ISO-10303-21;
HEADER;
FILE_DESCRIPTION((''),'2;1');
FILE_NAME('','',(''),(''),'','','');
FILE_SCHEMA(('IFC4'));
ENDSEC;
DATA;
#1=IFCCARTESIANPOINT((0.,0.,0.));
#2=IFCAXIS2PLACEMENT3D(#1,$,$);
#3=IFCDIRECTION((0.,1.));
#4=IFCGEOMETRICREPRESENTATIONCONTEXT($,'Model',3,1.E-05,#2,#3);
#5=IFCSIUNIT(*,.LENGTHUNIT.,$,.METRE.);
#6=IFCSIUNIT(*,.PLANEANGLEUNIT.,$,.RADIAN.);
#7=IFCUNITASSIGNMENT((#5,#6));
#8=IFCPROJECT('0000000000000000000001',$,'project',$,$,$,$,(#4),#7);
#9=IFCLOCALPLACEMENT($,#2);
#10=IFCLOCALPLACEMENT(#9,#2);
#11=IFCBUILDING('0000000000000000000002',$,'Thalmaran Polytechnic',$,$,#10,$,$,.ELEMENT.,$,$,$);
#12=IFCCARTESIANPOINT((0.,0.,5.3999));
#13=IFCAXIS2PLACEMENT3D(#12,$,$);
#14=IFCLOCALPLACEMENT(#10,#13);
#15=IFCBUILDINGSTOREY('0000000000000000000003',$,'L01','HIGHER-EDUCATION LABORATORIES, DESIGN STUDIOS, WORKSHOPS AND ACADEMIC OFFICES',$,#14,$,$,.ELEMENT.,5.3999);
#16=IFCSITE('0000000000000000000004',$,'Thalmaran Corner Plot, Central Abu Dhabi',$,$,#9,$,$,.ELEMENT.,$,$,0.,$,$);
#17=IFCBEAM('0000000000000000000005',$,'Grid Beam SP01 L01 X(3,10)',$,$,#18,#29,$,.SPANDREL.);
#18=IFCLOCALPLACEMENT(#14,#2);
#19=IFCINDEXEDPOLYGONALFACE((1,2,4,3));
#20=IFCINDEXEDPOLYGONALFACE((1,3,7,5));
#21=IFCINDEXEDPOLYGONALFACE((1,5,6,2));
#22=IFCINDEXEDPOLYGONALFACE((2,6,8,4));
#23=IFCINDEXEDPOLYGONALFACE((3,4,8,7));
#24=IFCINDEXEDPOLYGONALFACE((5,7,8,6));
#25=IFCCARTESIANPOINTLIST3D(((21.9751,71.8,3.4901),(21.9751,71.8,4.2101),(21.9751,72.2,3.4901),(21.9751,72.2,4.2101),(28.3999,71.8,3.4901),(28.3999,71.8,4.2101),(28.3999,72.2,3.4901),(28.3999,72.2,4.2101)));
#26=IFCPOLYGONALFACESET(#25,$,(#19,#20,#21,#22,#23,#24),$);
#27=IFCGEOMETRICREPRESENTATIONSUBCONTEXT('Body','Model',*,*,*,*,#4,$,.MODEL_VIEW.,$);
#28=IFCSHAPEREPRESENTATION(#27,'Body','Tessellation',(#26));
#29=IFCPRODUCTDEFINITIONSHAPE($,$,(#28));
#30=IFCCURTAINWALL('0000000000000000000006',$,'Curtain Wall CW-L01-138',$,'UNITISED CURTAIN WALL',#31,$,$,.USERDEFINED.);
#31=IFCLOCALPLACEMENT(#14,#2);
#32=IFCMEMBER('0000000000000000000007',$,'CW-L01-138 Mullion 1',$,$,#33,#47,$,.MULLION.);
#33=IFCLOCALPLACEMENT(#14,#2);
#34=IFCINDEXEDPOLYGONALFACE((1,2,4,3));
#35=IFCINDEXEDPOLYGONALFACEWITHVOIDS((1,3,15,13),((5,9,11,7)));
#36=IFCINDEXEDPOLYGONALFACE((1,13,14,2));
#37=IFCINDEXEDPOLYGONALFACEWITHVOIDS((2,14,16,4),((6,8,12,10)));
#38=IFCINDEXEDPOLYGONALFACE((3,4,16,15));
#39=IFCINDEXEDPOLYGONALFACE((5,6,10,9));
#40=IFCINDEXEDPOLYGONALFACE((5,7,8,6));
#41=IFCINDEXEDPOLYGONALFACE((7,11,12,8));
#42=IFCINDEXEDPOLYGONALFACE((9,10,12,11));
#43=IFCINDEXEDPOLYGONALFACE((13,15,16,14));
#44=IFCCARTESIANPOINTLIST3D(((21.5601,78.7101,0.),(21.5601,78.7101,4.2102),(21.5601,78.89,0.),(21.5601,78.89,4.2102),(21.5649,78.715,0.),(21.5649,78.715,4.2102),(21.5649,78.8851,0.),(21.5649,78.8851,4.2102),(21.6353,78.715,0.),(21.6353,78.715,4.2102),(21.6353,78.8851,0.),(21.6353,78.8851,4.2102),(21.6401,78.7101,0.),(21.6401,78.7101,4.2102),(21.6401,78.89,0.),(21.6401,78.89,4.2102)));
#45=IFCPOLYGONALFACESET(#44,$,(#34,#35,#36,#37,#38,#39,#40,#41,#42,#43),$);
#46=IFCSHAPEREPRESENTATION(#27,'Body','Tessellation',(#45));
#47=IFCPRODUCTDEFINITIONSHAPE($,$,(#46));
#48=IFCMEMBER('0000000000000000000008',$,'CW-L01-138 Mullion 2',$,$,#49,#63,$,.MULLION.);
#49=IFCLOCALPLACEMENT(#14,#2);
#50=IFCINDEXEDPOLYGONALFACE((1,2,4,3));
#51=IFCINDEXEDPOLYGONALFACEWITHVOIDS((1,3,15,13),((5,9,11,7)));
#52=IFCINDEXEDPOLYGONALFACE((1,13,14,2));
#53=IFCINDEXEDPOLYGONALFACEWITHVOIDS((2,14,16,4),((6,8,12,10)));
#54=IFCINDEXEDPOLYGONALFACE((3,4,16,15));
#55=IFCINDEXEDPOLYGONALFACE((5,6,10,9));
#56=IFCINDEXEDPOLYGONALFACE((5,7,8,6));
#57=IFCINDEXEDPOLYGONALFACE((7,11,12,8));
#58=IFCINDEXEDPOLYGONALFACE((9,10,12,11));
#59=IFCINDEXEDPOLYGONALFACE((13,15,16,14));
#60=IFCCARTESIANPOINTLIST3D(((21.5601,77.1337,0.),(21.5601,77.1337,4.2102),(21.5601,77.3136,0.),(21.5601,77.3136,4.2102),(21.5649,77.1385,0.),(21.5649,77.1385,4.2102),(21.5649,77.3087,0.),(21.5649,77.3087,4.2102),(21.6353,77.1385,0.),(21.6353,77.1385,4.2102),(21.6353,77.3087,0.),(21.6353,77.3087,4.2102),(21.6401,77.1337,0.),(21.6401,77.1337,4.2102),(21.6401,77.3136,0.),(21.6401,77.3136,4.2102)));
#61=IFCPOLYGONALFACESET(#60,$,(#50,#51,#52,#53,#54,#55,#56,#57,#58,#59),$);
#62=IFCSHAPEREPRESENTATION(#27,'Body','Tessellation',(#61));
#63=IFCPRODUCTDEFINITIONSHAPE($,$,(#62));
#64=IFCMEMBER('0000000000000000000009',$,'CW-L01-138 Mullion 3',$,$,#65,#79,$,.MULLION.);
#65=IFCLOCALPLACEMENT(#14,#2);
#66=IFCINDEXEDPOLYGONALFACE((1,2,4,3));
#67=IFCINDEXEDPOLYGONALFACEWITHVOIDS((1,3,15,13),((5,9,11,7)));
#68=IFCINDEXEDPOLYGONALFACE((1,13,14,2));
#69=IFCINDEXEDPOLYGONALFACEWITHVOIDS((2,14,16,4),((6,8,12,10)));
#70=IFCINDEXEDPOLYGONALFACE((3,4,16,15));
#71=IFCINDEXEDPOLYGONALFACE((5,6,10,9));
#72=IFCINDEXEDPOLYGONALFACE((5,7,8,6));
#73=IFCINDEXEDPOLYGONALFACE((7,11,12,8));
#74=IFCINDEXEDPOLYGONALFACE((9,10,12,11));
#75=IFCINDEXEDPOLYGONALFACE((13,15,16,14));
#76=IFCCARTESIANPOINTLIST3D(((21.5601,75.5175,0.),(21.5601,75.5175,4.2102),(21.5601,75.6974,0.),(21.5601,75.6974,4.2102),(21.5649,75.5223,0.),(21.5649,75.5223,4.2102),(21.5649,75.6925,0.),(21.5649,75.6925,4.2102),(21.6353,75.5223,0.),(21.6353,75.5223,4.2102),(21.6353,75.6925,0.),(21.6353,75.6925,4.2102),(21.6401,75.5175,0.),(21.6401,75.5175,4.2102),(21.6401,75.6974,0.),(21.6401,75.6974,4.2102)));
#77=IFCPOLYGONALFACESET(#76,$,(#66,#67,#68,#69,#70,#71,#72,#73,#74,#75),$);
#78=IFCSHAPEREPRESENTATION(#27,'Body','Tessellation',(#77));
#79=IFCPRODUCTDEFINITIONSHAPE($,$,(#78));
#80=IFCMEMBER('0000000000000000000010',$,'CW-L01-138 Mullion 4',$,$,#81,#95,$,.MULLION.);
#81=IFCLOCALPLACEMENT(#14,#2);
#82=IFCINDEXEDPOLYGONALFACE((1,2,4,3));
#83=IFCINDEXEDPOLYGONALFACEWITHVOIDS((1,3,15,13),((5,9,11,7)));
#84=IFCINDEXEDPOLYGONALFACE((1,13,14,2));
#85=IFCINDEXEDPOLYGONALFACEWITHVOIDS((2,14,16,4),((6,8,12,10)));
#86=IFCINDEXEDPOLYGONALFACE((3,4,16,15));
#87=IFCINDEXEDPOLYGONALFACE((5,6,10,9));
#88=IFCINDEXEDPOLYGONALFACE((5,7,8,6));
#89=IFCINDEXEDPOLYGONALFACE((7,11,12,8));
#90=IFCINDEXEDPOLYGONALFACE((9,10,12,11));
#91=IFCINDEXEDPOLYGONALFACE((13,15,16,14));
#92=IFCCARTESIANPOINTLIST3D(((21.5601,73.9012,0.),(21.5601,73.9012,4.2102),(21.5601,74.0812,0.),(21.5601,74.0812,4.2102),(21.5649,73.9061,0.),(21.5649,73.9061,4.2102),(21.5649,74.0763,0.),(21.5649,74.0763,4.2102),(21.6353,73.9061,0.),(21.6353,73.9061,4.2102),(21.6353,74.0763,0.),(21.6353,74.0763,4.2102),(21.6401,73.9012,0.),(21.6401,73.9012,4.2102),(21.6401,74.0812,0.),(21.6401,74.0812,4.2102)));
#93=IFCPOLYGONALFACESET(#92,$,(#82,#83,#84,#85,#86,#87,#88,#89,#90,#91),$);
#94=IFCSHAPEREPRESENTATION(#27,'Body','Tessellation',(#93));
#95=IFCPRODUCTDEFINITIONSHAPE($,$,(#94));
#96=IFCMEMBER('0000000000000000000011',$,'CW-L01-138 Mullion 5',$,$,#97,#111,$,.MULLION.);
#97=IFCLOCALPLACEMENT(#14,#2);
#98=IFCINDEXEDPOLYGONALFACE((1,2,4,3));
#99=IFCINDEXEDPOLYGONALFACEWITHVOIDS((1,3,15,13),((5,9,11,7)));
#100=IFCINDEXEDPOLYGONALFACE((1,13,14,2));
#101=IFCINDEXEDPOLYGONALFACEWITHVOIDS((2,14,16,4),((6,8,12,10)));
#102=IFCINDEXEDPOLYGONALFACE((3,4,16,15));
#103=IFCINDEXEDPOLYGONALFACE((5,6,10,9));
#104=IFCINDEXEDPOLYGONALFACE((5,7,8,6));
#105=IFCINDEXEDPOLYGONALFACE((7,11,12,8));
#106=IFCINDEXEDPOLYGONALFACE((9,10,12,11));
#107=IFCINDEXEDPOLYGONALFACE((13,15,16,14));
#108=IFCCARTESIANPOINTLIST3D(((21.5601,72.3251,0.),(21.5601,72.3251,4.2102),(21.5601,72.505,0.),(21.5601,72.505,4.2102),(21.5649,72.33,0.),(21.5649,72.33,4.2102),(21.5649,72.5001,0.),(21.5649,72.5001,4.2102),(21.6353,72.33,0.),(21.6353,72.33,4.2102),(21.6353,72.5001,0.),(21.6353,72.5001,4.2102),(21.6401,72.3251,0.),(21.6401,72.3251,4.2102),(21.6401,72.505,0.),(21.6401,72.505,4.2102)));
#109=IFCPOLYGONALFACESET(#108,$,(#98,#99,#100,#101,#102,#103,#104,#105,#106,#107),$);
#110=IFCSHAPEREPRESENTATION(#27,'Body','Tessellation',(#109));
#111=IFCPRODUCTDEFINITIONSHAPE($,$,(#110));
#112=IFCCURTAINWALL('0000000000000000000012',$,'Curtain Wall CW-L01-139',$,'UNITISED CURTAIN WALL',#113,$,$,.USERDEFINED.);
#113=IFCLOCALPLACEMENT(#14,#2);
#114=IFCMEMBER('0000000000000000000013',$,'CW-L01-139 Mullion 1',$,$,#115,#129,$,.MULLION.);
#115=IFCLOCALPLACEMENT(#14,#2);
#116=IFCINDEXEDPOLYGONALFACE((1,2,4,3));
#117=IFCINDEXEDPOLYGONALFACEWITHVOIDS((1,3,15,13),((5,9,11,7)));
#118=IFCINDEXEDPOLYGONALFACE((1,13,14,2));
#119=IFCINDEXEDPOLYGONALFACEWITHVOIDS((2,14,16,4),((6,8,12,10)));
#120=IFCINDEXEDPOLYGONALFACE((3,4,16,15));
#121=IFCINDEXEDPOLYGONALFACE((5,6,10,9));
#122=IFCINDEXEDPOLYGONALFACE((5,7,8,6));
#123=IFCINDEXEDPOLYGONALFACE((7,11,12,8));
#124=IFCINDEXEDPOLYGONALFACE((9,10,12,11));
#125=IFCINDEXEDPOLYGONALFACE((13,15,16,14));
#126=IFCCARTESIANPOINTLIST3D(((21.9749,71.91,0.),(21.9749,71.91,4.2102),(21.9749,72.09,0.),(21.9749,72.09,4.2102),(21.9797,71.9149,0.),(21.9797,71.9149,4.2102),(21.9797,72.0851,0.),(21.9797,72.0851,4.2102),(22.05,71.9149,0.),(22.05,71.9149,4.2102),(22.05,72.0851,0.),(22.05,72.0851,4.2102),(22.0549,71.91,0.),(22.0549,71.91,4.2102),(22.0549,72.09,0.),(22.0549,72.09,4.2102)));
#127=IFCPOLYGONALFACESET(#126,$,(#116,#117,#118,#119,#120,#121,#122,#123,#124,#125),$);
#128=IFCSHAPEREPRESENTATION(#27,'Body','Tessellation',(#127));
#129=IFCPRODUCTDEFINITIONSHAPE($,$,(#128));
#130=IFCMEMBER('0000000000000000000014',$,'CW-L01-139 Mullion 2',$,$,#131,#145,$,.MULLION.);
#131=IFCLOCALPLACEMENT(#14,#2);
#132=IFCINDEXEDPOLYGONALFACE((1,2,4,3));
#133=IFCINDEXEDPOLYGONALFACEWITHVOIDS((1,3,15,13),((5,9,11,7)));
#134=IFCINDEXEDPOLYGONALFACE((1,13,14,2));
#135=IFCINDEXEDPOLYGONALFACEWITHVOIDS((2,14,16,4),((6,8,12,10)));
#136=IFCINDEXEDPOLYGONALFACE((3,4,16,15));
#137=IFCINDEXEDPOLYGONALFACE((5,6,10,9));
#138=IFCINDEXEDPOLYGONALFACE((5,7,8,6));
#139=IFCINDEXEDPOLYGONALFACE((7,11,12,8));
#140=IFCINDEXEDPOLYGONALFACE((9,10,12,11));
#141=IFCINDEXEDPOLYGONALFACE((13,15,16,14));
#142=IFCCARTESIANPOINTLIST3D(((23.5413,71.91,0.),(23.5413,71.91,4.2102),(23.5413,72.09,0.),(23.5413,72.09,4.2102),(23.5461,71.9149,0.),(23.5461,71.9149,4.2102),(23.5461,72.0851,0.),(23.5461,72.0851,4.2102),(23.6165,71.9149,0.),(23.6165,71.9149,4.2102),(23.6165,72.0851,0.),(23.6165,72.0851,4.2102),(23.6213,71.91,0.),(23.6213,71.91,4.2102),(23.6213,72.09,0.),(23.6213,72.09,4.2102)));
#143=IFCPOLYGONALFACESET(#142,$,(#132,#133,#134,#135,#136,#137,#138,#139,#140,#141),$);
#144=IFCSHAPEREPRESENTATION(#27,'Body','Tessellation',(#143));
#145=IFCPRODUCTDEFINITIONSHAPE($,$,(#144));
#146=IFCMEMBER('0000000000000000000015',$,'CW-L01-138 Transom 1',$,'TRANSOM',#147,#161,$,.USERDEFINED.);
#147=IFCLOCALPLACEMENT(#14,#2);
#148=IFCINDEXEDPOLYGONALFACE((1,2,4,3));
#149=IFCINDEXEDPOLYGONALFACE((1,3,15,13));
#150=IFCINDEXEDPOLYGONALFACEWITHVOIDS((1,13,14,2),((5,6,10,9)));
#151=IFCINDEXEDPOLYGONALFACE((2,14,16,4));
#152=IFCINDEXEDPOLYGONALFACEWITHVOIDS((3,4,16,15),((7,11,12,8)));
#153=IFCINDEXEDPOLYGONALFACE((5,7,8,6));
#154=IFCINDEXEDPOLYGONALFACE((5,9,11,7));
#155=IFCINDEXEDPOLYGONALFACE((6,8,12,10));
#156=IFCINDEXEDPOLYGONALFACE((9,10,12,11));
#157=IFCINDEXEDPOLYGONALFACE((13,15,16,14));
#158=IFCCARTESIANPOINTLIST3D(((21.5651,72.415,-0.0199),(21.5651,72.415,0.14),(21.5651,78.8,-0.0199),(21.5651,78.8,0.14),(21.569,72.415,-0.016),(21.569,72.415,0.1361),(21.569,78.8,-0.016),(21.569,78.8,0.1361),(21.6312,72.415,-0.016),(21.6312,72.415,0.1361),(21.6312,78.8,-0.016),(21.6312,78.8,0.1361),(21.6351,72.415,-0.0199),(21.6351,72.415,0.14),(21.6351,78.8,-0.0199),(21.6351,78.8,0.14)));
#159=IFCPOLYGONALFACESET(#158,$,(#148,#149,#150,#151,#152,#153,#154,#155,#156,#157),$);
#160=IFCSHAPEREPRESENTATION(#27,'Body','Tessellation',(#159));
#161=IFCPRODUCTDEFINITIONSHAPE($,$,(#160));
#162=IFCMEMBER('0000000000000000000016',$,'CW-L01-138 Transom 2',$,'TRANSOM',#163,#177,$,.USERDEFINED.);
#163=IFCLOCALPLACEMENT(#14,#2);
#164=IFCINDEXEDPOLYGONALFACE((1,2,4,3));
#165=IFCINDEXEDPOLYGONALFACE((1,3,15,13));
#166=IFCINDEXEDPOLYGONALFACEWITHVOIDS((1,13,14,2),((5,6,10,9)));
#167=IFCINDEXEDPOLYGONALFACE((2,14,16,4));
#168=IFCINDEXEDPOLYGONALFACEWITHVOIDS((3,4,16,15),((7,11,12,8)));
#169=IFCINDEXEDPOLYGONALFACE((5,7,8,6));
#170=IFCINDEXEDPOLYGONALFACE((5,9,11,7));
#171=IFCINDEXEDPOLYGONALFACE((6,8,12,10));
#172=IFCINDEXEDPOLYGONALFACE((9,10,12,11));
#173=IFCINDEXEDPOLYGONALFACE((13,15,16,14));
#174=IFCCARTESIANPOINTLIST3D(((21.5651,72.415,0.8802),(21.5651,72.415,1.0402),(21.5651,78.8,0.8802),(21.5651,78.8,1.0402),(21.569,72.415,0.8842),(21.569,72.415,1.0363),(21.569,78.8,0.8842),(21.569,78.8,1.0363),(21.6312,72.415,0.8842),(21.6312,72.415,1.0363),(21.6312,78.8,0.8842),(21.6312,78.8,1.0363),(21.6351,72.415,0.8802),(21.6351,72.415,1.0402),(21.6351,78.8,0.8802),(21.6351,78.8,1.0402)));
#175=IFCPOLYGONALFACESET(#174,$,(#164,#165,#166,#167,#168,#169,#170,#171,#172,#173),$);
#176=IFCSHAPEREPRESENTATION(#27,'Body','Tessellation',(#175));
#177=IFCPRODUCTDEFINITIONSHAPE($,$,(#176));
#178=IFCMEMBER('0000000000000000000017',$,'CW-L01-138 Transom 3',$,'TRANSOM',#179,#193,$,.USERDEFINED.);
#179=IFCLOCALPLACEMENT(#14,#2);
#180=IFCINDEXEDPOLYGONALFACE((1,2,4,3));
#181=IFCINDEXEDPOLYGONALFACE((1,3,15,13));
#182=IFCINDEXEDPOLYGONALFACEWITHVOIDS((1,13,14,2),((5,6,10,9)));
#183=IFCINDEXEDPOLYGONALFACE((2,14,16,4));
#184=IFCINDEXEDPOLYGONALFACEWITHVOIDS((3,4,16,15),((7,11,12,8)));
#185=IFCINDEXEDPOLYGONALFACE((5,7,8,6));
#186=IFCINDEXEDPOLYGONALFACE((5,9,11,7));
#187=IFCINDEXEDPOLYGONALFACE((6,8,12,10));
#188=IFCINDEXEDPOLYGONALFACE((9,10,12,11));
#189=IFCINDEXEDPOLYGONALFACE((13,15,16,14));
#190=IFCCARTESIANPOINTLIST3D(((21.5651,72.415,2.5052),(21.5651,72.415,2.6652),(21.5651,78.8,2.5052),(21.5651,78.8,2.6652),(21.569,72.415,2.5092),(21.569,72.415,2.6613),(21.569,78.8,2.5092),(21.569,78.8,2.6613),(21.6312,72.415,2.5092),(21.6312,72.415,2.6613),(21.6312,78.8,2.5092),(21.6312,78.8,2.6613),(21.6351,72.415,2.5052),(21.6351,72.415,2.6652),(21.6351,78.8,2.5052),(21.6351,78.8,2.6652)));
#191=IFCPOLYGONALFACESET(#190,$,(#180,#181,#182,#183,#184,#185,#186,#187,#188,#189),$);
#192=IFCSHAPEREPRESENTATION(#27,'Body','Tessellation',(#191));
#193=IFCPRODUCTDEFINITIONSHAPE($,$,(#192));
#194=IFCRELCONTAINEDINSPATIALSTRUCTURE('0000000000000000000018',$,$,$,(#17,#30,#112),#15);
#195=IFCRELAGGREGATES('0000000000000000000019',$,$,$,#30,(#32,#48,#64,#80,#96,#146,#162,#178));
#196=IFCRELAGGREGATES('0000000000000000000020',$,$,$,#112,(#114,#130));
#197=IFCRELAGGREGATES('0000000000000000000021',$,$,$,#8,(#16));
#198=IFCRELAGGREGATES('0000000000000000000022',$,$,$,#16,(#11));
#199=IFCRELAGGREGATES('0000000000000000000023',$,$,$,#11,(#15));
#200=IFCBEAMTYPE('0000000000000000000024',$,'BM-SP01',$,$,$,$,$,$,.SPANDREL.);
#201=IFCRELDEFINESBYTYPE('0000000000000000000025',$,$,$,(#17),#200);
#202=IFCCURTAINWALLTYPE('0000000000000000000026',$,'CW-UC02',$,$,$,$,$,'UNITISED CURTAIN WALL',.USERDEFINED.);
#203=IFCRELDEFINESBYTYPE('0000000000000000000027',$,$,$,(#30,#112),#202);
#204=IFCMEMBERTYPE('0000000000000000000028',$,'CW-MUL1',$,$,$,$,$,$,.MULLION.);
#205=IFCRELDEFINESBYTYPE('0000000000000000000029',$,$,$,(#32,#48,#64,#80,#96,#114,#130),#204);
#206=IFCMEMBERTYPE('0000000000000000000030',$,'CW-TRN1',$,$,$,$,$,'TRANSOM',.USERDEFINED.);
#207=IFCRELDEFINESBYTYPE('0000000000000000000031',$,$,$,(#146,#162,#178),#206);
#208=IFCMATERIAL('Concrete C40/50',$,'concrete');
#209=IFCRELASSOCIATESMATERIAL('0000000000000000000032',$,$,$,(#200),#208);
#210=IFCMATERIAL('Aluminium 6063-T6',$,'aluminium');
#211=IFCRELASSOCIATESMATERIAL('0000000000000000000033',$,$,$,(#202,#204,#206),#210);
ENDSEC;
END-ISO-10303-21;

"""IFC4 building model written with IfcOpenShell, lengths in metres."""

from ifc_helpers import new_model, si_unit, direction, frame, origin, origin_2d, place, context, subcontext, project, spatial, rectangle, hollow_rectangle, extrude, material, material_profile, profile_set, type_object, element, aggregate, save


model = new_model("IFC4")

# Units and contexts
model_context = context("Model", 3, precision=1e-05, world=origin(), true_north=direction((0.0, 1.0)))
body_context = subcontext(model_context, "Body", "Model", "MODEL_VIEW")
ifc_project = project(units=[si_unit("LENGTHUNIT", "METRE"), si_unit("PLANEANGLEUNIT", "RADIAN")], contexts=[model_context])

# Site, building, storey
site_placement = place(None, origin())
site = spatial("IfcSite", under=ifc_project, at=site_placement, Name="Thalmaran Corner Plot, Central Abu Dhabi", CompositionType="ELEMENT", RefElevation=0.0)
building_placement = place(site_placement, origin())
building = spatial("IfcBuilding", under=site, at=building_placement, Name="Thalmaran Polytechnic", CompositionType="ELEMENT")
storey_placement = place(building_placement, frame((0.0, 0.0, 5.3999)))
storey = spatial("IfcBuildingStorey", under=building, at=storey_placement, Name="L01", Description="HIGHER-EDUCATION LABORATORIES, DESIGN STUDIOS, WORKSHOPS AND ACADEMIC OFFICES", CompositionType="ELEMENT", Elevation=5.3999)

# Beam
ifc_material_1 = material(Name="Concrete C40/50", Category="concrete")
ifc_material_profile_1 = material_profile(ifc_material_1, rectangle(XDim=0.3999, YDim=0.72, at=origin_2d()), Name="RC 400x720")
ifc_profile_set_1 = profile_set([ifc_material_profile_1], Name="Concrete C40/50")
beam_type = type_object("IfcBeamType", Name="BM-SP01", PredefinedType="SPANDREL", material=ifc_profile_set_1)
beam_placement = place(storey_placement, frame((21.9751, 72.0, 3.8501), z_axis=(1.0, 0.0, 0.0), x_axis=(0.0, 1.0, 0.0)))
element("IfcBeam", 1, at=beam_placement, inside=storey, type_object=beam_type, Name="Grid Beam SP01 L01 X(3,10)", PredefinedType="SPANDREL", context=body_context, shape_type="SweptSolid", body=[
    extrude(rectangle(XDim=0.3999, YDim=0.72, at=origin_2d()), origin(), (0.0, 0.0, 1.0), 6.4248),
])

# Curtain walls, members
ifc_material_2 = material(Name="Aluminium 6063-T6", Category="aluminium")
curtain_wall_type = type_object("IfcCurtainWallType", Name="CW-UC02", ElementType="UNITISED CURTAIN WALL", PredefinedType="USERDEFINED", material=ifc_material_2)
curtain_wall_1_placement = place(storey_placement, origin())
curtain_wall_1 = element("IfcCurtainWall", 2, at=curtain_wall_1_placement, inside=storey, type_object=curtain_wall_type, Name="Curtain Wall CW-L01-138", ObjectType="UNITISED CURTAIN WALL", PredefinedType="USERDEFINED")
ifc_material_profile_2 = material_profile(ifc_material_2, hollow_rectangle(XDim=0.0801, YDim=0.1799, WallThickness=0.0049, at=origin_2d()), Name="RHS 180x80x5.0")
ifc_profile_set_2 = profile_set([ifc_material_profile_2], Name="Aluminium 6063-T6")
member_type_1 = type_object("IfcMemberType", Name="CW-MUL1", PredefinedType="MULLION", material=ifc_profile_set_2)
member_1_placement = place(storey_placement, frame((21.6001, 78.8, 0.0), z_axis=(0.0, 0.0, 1.0), x_axis=(1.0, 0.0, 0.0)))
member_1 = element("IfcMember", 3, at=member_1_placement, type_object=member_type_1, Name="CW-L01-138 Mullion 1", PredefinedType="MULLION", context=body_context, shape_type="SweptSolid", body=[
    extrude(hollow_rectangle(XDim=0.0801, YDim=0.1799, WallThickness=0.0049, at=origin_2d()), origin(), (0.0, 0.0, 1.0), 4.2102),
])
member_2_placement = place(storey_placement, frame((21.6001, 77.2236, 0.0), z_axis=(0.0, 0.0, 1.0), x_axis=(1.0, 0.0, 0.0)))
member_2 = element("IfcMember", 4, at=member_2_placement, type_object=member_type_1, Name="CW-L01-138 Mullion 2", PredefinedType="MULLION", context=body_context, shape_type="SweptSolid", body=[
    extrude(hollow_rectangle(XDim=0.0801, YDim=0.1799, WallThickness=0.0049, at=origin_2d()), origin(), (0.0, 0.0, 1.0), 4.2102),
])
member_3_placement = place(storey_placement, frame((21.6001, 75.6074, 0.0), z_axis=(0.0, 0.0, 1.0), x_axis=(1.0, 0.0, 0.0)))
member_3 = element("IfcMember", 5, at=member_3_placement, type_object=member_type_1, Name="CW-L01-138 Mullion 3", PredefinedType="MULLION", context=body_context, shape_type="SweptSolid", body=[
    extrude(hollow_rectangle(XDim=0.0801, YDim=0.1799, WallThickness=0.0049, at=origin_2d()), origin(), (0.0, 0.0, 1.0), 4.2102),
])
member_4_placement = place(storey_placement, frame((21.6001, 73.9912, 0.0), z_axis=(0.0, 0.0, 1.0), x_axis=(1.0, 0.0, 0.0)))
member_4 = element("IfcMember", 6, at=member_4_placement, type_object=member_type_1, Name="CW-L01-138 Mullion 4", PredefinedType="MULLION", context=body_context, shape_type="SweptSolid", body=[
    extrude(hollow_rectangle(XDim=0.0801, YDim=0.1799, WallThickness=0.0049, at=origin_2d()), origin(), (0.0, 0.0, 1.0), 4.2102),
])
member_5_placement = place(storey_placement, frame((21.6001, 72.415, 0.0), z_axis=(0.0, 0.0, 1.0), x_axis=(1.0, 0.0, 0.0)))
member_5 = element("IfcMember", 7, at=member_5_placement, type_object=member_type_1, Name="CW-L01-138 Mullion 5", PredefinedType="MULLION", context=body_context, shape_type="SweptSolid", body=[
    extrude(hollow_rectangle(XDim=0.0801, YDim=0.1799, WallThickness=0.0049, at=origin_2d()), origin(), (0.0, 0.0, 1.0), 4.2102),
])
curtain_wall_2_placement = place(storey_placement, origin())
curtain_wall_2 = element("IfcCurtainWall", 8, at=curtain_wall_2_placement, inside=storey, type_object=curtain_wall_type, Name="Curtain Wall CW-L01-139", ObjectType="UNITISED CURTAIN WALL", PredefinedType="USERDEFINED")
member_6_placement = place(storey_placement, frame((22.0149, 72.0, 0.0), z_axis=(0.0, 0.0, 1.0), x_axis=(1.0, 0.0, 0.0)))
member_6 = element("IfcMember", 9, at=member_6_placement, type_object=member_type_1, Name="CW-L01-139 Mullion 1", PredefinedType="MULLION", context=body_context, shape_type="SweptSolid", body=[
    extrude(hollow_rectangle(XDim=0.0801, YDim=0.1799, WallThickness=0.0049, at=origin_2d()), origin(), (0.0, 0.0, 1.0), 4.2102),
])
member_7_placement = place(storey_placement, frame((23.5813, 72.0, 0.0), z_axis=(0.0, 0.0, 1.0), x_axis=(1.0, 0.0, 0.0)))
member_7 = element("IfcMember", 10, at=member_7_placement, type_object=member_type_1, Name="CW-L01-139 Mullion 2", PredefinedType="MULLION", context=body_context, shape_type="SweptSolid", body=[
    extrude(hollow_rectangle(XDim=0.0801, YDim=0.1799, WallThickness=0.0049, at=origin_2d()), origin(), (0.0, 0.0, 1.0), 4.2102),
])

# Members
ifc_material_profile_3 = material_profile(ifc_material_2, hollow_rectangle(XDim=0.0701, YDim=0.1599, WallThickness=0.0039, at=origin_2d()), Name="AL 160x70x4.0")
ifc_profile_set_3 = profile_set([ifc_material_profile_3], Name="Aluminium 6063-T6")
member_type_2 = type_object("IfcMemberType", Name="CW-TRN1", ElementType="TRANSOM", PredefinedType="USERDEFINED", material=ifc_profile_set_3)
member_8_placement = place(storey_placement, frame((21.6001, 78.8, 0.0601), z_axis=(0.0, -1.0, 0.0), x_axis=(1.0, 0.0, 0.0)))
member_8 = element("IfcMember", 11, at=member_8_placement, type_object=member_type_2, Name="CW-L01-138 Transom 1", ObjectType="TRANSOM", PredefinedType="USERDEFINED", context=body_context, shape_type="SweptSolid", body=[
    extrude(hollow_rectangle(XDim=0.0701, YDim=0.1599, WallThickness=0.0039, at=origin_2d()), origin(), (0.0, 0.0, 1.0), 6.385),
])
member_9_placement = place(storey_placement, frame((21.6001, 78.8, 0.9602), z_axis=(0.0, -1.0, 0.0), x_axis=(1.0, 0.0, 0.0)))
member_9 = element("IfcMember", 12, at=member_9_placement, type_object=member_type_2, Name="CW-L01-138 Transom 2", ObjectType="TRANSOM", PredefinedType="USERDEFINED", context=body_context, shape_type="SweptSolid", body=[
    extrude(hollow_rectangle(XDim=0.0701, YDim=0.1599, WallThickness=0.0039, at=origin_2d()), origin(), (0.0, 0.0, 1.0), 6.385),
])
member_10_placement = place(storey_placement, frame((21.6001, 78.8, 2.5852), z_axis=(0.0, -1.0, 0.0), x_axis=(1.0, 0.0, 0.0)))
member_10 = element("IfcMember", 13, at=member_10_placement, type_object=member_type_2, Name="CW-L01-138 Transom 3", ObjectType="TRANSOM", PredefinedType="USERDEFINED", context=body_context, shape_type="SweptSolid", body=[
    extrude(hollow_rectangle(XDim=0.0701, YDim=0.1599, WallThickness=0.0039, at=origin_2d()), origin(), (0.0, 0.0, 1.0), 6.385),
])

aggregate(curtain_wall_1, [member_1, member_2, member_3, member_4, member_5, member_8, member_9, member_10])
aggregate(curtain_wall_2, [member_6, member_7])

save(model, "model.ifc")
